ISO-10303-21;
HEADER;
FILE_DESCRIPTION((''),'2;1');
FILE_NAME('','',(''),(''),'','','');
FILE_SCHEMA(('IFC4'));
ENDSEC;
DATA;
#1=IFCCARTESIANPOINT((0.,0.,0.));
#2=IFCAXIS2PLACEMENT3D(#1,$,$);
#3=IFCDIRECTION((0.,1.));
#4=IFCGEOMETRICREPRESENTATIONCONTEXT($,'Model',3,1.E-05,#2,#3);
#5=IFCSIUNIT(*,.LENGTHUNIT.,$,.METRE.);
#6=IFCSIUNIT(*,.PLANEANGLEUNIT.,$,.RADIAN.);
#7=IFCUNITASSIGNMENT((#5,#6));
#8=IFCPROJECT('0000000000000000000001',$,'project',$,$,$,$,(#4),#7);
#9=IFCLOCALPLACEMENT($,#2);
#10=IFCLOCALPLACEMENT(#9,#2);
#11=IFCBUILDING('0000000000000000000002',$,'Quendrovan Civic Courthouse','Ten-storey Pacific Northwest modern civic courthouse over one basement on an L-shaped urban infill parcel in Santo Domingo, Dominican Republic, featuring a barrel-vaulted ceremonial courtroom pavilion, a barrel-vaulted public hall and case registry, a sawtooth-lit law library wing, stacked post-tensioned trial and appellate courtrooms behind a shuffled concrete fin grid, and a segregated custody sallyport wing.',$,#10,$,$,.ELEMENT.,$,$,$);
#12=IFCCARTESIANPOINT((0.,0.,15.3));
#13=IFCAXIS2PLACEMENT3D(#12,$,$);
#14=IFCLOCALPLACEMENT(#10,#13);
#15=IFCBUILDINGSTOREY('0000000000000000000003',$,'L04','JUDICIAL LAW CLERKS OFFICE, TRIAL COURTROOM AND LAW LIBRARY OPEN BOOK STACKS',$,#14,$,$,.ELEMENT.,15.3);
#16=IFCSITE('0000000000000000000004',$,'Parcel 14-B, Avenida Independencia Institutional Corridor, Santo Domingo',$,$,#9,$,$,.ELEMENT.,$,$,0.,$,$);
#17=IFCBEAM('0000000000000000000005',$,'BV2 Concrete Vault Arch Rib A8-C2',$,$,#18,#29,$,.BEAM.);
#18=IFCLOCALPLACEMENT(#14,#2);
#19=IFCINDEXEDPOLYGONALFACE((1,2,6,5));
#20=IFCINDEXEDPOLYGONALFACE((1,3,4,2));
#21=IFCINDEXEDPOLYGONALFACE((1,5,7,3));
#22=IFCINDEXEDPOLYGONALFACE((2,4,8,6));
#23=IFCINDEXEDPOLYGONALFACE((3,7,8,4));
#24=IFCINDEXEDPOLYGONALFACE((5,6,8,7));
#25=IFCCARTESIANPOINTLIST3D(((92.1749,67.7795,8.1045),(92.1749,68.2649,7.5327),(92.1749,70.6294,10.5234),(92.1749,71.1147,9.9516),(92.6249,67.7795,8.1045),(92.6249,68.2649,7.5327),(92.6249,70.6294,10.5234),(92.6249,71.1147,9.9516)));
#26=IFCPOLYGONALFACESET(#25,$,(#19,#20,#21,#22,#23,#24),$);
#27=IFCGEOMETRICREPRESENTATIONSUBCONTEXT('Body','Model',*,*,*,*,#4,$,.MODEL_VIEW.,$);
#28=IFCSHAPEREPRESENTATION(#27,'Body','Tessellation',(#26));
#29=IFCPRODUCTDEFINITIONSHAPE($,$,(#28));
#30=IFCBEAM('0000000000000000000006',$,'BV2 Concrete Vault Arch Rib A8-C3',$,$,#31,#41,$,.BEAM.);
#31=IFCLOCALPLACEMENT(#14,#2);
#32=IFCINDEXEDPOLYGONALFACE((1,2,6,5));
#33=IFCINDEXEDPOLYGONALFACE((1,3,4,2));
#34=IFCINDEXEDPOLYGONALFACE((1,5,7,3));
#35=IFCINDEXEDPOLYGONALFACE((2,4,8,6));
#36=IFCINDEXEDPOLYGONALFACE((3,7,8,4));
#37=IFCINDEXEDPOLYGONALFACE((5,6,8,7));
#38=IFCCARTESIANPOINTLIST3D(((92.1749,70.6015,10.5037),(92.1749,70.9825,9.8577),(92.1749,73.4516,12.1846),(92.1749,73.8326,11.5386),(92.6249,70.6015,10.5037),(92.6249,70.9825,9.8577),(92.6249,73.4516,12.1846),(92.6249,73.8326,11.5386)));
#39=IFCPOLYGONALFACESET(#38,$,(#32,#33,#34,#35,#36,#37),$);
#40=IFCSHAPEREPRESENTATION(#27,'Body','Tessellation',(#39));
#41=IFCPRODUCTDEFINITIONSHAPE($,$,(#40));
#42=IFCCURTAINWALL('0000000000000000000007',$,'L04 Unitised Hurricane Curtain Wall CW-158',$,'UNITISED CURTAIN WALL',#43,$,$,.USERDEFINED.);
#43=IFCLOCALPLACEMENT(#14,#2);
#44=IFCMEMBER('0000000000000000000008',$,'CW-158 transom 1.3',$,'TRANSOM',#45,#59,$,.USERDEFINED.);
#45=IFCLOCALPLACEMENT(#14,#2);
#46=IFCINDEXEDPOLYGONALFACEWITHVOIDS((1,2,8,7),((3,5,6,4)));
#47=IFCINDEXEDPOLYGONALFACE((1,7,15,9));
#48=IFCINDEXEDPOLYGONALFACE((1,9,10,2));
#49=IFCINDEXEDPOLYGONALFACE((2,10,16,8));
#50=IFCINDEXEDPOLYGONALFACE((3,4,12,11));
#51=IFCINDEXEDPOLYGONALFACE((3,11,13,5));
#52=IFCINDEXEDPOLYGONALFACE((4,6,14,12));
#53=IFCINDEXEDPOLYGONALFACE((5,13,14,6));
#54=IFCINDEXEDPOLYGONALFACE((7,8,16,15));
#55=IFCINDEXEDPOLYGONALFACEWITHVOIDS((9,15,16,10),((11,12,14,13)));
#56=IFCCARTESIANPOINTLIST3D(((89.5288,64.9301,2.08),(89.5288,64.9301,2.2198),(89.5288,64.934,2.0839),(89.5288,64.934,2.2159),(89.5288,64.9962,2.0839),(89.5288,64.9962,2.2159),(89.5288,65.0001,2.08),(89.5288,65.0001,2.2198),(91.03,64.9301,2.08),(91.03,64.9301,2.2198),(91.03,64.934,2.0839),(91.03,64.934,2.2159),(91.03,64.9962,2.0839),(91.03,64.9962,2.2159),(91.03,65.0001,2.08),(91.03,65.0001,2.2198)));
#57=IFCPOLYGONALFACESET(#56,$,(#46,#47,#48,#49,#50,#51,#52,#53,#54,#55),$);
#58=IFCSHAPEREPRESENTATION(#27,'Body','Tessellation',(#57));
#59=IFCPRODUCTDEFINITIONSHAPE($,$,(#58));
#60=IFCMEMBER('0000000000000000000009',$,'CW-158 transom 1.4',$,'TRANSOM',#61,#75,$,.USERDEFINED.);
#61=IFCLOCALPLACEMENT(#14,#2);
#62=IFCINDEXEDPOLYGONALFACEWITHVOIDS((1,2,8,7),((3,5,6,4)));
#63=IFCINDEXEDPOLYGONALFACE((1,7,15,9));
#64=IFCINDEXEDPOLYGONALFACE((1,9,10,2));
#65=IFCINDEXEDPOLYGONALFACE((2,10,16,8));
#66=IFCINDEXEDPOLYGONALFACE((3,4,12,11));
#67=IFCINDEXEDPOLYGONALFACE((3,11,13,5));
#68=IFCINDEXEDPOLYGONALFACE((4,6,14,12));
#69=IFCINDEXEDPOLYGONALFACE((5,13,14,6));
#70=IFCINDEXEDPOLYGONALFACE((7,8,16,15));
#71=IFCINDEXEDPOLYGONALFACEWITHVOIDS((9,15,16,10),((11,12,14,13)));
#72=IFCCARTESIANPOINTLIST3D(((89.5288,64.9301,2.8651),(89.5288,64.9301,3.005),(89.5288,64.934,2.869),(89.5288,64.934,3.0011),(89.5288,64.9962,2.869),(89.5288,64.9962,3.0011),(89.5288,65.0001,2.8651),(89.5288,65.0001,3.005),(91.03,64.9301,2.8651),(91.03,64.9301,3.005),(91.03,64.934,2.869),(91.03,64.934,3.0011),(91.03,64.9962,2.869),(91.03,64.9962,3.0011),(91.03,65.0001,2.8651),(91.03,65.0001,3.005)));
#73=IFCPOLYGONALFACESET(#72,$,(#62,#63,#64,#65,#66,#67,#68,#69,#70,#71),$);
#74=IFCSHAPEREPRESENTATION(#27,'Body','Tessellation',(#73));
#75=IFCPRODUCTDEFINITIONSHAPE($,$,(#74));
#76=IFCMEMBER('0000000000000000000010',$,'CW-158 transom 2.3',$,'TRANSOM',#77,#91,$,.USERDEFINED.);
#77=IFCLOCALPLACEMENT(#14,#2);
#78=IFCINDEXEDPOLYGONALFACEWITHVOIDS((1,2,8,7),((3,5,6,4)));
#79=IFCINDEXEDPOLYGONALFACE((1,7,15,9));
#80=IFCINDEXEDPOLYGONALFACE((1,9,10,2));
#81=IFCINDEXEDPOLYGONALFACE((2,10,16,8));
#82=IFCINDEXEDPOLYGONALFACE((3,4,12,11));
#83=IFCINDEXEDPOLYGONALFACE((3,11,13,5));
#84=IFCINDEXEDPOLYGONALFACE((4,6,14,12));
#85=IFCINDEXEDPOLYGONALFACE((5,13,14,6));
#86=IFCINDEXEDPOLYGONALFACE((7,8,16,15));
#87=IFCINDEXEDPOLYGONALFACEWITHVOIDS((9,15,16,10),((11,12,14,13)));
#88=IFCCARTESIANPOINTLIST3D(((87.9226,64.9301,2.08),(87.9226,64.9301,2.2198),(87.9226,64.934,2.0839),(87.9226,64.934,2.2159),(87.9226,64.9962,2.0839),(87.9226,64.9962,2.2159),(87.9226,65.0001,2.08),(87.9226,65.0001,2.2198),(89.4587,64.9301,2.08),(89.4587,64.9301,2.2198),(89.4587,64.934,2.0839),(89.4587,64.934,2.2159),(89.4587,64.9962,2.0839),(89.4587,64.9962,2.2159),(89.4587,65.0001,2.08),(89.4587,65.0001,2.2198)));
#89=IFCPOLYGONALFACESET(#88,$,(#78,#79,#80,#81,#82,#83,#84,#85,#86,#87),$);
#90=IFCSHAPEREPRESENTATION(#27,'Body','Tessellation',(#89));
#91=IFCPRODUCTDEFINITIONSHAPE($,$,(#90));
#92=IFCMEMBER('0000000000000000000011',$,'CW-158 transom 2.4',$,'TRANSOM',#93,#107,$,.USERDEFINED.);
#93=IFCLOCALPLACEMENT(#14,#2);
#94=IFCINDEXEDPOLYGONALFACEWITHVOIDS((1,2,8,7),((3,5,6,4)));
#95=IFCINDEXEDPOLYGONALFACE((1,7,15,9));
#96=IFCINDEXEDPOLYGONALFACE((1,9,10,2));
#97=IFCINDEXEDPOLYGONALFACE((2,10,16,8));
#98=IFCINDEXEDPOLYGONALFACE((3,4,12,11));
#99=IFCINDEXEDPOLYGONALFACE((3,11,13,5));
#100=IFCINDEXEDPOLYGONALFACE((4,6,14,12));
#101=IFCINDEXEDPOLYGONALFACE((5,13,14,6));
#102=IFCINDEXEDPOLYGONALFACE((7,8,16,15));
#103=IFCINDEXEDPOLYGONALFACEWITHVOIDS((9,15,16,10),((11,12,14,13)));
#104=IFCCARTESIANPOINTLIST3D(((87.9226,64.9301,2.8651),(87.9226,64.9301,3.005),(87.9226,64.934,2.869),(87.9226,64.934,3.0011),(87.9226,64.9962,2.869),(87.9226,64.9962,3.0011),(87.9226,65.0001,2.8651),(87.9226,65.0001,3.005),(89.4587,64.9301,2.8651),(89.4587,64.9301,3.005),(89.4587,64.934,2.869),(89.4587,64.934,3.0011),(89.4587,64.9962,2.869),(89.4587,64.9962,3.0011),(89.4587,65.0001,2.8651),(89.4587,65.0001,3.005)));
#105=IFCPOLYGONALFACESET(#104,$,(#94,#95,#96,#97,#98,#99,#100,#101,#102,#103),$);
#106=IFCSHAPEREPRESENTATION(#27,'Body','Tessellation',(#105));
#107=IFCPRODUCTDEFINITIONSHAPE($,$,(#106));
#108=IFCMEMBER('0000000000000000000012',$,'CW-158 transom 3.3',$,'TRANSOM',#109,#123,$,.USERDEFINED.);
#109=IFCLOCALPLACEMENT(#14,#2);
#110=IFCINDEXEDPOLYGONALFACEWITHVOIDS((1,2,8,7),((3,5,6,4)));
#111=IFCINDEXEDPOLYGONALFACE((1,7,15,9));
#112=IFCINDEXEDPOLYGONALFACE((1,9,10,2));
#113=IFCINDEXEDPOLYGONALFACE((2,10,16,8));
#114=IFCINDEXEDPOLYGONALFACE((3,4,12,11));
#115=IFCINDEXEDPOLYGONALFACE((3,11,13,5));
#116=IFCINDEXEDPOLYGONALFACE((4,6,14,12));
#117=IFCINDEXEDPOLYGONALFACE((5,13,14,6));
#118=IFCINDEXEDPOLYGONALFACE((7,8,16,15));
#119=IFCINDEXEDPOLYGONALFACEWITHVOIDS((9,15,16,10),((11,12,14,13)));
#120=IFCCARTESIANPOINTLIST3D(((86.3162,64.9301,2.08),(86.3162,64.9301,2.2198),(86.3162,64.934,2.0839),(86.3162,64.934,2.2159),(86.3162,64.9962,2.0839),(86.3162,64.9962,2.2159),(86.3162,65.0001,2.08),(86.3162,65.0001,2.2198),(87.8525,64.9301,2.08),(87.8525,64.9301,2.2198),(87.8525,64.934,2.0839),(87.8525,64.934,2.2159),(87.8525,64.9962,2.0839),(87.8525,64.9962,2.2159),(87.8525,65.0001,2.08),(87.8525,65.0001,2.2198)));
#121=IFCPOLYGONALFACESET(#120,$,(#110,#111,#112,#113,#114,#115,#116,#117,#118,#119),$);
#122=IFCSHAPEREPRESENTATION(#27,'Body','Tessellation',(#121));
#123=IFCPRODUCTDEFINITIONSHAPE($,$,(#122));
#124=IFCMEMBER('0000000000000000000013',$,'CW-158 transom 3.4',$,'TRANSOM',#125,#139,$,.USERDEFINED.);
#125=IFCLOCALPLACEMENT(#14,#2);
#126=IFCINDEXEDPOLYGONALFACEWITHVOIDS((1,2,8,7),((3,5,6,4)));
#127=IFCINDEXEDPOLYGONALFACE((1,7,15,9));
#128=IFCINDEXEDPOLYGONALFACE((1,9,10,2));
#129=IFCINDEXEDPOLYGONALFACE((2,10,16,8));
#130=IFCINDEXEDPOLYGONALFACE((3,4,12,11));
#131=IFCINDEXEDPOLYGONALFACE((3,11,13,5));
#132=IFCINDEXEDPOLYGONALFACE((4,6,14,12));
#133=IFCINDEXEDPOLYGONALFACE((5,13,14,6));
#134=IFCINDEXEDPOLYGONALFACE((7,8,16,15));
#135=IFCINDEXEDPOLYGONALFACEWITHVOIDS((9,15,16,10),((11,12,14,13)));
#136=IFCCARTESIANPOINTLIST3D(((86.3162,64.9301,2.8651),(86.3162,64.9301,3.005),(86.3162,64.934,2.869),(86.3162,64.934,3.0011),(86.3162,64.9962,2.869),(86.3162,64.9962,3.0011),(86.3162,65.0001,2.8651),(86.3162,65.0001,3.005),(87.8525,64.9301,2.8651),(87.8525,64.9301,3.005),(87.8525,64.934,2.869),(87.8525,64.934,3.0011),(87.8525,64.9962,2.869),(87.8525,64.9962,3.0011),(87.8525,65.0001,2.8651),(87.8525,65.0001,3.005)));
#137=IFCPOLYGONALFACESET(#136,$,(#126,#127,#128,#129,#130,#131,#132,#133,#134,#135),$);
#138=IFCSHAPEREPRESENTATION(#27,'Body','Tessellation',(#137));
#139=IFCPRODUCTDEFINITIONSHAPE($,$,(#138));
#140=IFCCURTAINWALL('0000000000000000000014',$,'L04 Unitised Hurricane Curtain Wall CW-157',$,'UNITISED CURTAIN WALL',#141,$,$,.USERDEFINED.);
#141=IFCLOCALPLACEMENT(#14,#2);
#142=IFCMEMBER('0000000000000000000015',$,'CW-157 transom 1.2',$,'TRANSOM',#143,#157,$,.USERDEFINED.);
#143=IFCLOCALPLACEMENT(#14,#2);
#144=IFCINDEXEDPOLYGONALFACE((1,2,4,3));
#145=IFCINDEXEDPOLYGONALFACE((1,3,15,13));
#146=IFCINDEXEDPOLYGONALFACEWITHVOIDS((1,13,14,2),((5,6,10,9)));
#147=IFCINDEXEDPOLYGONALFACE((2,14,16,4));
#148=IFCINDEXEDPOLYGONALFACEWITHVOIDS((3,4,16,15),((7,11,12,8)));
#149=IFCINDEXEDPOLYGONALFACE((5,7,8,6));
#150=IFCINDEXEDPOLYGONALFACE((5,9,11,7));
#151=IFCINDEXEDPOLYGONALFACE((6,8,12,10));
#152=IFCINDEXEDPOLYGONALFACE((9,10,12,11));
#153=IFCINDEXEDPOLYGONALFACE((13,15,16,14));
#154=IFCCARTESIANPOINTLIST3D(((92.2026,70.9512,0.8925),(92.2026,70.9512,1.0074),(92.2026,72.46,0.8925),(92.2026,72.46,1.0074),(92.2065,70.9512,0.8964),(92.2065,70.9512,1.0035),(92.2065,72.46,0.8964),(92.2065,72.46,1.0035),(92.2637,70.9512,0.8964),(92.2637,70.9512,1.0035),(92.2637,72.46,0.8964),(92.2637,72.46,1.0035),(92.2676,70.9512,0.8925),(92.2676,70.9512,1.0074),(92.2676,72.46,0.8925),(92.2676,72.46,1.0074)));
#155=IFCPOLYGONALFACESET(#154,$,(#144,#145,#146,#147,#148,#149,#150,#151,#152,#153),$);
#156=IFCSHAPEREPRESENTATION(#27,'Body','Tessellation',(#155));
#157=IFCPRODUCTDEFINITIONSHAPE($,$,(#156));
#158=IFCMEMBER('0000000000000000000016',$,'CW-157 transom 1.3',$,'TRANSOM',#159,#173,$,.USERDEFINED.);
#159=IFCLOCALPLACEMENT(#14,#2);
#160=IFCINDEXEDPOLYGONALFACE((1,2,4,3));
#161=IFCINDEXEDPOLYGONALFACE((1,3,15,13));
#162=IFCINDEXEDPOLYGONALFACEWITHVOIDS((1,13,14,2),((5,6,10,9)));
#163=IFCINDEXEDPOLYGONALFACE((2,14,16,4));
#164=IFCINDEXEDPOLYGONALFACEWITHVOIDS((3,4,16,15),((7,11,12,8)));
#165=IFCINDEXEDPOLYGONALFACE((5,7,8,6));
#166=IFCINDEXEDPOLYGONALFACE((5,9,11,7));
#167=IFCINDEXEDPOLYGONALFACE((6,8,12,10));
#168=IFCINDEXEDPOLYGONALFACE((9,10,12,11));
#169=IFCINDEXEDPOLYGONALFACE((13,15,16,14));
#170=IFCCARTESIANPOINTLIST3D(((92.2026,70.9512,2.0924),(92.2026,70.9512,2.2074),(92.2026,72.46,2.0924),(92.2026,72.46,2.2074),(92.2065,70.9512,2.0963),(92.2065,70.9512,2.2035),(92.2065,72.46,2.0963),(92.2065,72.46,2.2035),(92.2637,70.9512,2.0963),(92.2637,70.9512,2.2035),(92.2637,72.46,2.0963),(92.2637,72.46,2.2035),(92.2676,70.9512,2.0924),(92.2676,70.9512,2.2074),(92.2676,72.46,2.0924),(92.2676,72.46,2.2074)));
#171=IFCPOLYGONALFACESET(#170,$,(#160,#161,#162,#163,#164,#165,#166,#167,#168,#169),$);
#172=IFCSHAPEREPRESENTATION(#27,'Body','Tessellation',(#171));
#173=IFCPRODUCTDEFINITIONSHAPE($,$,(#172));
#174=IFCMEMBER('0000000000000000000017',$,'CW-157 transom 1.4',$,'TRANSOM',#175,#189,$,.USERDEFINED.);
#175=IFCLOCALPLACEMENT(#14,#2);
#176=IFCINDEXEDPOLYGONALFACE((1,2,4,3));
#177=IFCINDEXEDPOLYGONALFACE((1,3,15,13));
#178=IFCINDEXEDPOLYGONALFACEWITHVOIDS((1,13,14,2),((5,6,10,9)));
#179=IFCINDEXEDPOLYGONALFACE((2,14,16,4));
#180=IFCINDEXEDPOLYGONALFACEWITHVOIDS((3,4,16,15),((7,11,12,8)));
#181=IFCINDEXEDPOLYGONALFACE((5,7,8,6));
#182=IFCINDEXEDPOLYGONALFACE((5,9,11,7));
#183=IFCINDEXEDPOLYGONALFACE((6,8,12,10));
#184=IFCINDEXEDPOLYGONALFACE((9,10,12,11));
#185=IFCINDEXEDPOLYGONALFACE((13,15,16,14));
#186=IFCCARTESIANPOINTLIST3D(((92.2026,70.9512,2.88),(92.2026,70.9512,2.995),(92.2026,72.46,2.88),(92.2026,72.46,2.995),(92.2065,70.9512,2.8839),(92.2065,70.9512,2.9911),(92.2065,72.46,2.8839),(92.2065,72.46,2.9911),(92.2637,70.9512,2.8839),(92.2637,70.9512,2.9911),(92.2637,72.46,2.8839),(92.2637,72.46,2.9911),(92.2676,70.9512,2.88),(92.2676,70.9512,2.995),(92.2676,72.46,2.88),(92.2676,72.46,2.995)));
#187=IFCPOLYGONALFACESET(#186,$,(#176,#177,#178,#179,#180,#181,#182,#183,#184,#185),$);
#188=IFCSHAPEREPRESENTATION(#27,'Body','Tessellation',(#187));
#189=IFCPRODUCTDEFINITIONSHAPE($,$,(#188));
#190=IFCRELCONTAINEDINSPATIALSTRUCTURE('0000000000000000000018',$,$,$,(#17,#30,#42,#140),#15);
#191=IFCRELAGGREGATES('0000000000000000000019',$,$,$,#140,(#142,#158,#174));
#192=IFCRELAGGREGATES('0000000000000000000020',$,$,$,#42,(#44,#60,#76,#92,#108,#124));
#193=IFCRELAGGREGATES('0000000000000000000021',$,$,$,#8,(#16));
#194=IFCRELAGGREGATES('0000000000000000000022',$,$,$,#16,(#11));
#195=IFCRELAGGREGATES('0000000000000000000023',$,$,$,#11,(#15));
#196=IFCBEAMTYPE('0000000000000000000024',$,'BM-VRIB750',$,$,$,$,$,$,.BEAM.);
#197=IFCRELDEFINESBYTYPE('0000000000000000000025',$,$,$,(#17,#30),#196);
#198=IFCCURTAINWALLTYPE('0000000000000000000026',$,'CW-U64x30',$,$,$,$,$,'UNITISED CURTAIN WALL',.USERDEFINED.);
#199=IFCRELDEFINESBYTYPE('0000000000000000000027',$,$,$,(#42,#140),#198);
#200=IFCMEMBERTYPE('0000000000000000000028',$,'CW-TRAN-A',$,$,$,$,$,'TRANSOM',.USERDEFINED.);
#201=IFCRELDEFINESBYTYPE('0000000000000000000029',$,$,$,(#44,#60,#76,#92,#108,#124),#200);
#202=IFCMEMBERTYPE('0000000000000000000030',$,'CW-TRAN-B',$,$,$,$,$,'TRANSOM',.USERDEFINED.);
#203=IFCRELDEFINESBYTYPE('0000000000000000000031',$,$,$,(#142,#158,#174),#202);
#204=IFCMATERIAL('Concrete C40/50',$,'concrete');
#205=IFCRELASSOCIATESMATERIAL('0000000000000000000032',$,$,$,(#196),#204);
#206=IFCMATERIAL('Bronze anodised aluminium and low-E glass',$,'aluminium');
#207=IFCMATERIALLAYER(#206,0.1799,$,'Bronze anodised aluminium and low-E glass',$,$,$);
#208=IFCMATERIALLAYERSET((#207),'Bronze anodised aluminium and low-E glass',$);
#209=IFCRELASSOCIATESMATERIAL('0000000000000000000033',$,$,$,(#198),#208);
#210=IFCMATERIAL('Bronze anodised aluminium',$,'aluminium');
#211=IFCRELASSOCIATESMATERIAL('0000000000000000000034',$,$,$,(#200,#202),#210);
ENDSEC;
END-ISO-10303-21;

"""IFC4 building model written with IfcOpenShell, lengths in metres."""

from ifc_helpers import new_model, si_unit, direction, frame, origin, origin_2d, place, context, subcontext, project, spatial, rectangle, hollow_rectangle, extrude, material, layer, layer_set, material_profile, profile_set, type_object, element, aggregate, save


model = new_model("IFC4")

# Units and contexts
model_context = context("Model", 3, precision=1e-05, world=origin(), true_north=direction((0.0, 1.0)))
body_context = subcontext(model_context, "Body", "Model", "MODEL_VIEW")
ifc_project = project(units=[si_unit("LENGTHUNIT", "METRE"), si_unit("PLANEANGLEUNIT", "RADIAN")], contexts=[model_context])

# Site, building, storey
site_placement = place(None, origin())
site = spatial("IfcSite", under=ifc_project, at=site_placement, Name="Parcel 14-B, Avenida Independencia Institutional Corridor, Santo Domingo", CompositionType="ELEMENT", RefElevation=0.0)
building_placement = place(site_placement, origin())
building = spatial("IfcBuilding", under=site, at=building_placement, Name="Quendrovan Civic Courthouse", Description="Ten-storey Pacific Northwest modern civic courthouse over one basement on an L-shaped urban infill parcel in Santo Domingo, Dominican Republic, featuring a barrel-vaulted ceremonial courtroom pavilion, a barrel-vaulted public hall and case registry, a sawtooth-lit law library wing, stacked post-tensioned trial and appellate courtrooms behind a shuffled concrete fin grid, and a segregated custody sallyport wing.", CompositionType="ELEMENT")
storey_placement = place(building_placement, frame((0.0, 0.0, 15.3)))
storey = spatial("IfcBuildingStorey", under=building, at=storey_placement, Name="L04", Description="JUDICIAL LAW CLERKS OFFICE, TRIAL COURTROOM AND LAW LIBRARY OPEN BOOK STACKS", CompositionType="ELEMENT", Elevation=15.3)

# Beams
ifc_material_1 = material(Name="Concrete C40/50", Category="concrete")
ifc_material_profile_1 = material_profile(ifc_material_1, rectangle(XDim=0.45, YDim=0.75, at=origin_2d()), Name="RC-VRIB-450x750")
ifc_profile_set_1 = profile_set([ifc_material_profile_1], Name="Concrete C40/50")
beam_type = type_object("IfcBeamType", Name="BM-VRIB750", PredefinedType="BEAM", material=ifc_profile_set_1)
beam_1_placement = place(storey_placement, frame((92.3999, 68.0222, 7.8186), z_axis=(0.0, 0.762392, 0.647116), x_axis=(-1.0, 0.0, 0.0)))
element("IfcBeam", 1, at=beam_1_placement, inside=storey, type_object=beam_type, Name="BV2 Concrete Vault Arch Rib A8-C2", PredefinedType="BEAM", context=body_context, shape_type="SweptSolid", body=[
    extrude(rectangle(XDim=0.45, YDim=0.75, at=origin_2d()), origin(), (0.0, 0.0, 1.0), 3.738),
])
beam_2_placement = place(storey_placement, frame((92.3999, 70.792, 10.1807), z_axis=(0.0, 0.861355, 0.508003), x_axis=(-1.0, 0.0, 0.0)))
element("IfcBeam", 2, at=beam_2_placement, inside=storey, type_object=beam_type, Name="BV2 Concrete Vault Arch Rib A8-C3", PredefinedType="BEAM", context=body_context, shape_type="SweptSolid", body=[
    extrude(rectangle(XDim=0.45, YDim=0.75, at=origin_2d()), origin(), (0.0, 0.0, 1.0), 3.3088),
])

# Curtain wall, members
ifc_material_2 = material(Name="Bronze anodised aluminium and low-E glass", Category="aluminium")
ifc_layer_1 = layer(ifc_material_2, 0.1799, Name="Bronze anodised aluminium and low-E glass")
ifc_layer_set_1 = layer_set([ifc_layer_1], Name="Bronze anodised aluminium and low-E glass")
curtain_wall_type = type_object("IfcCurtainWallType", Name="CW-U64x30", ElementType="UNITISED CURTAIN WALL", PredefinedType="USERDEFINED", material=ifc_layer_set_1)
curtain_wall_1_placement = place(storey_placement, origin())
curtain_wall_1 = element("IfcCurtainWall", 3, at=curtain_wall_1_placement, inside=storey, type_object=curtain_wall_type, Name="L04 Unitised Hurricane Curtain Wall CW-158", ObjectType="UNITISED CURTAIN WALL", PredefinedType="USERDEFINED")
ifc_material_3 = material(Name="Bronze anodised aluminium", Category="aluminium")
ifc_material_profile_2 = material_profile(ifc_material_3, hollow_rectangle(XDim=0.0701, YDim=0.1399, WallThickness=0.0039, at=origin_2d()), Name="CW-TRAN-70x140")
ifc_profile_set_2 = profile_set([ifc_material_profile_2], Name="Bronze anodised aluminium")
member_type_1 = type_object("IfcMemberType", Name="CW-TRAN-A", ElementType="TRANSOM", PredefinedType="USERDEFINED", material=ifc_profile_set_2)
member_1_placement = place(storey_placement, frame((91.03, 64.9651, 2.1499), z_axis=(-1.0, 0.0, 0.0), x_axis=(0.0, -1.0, 0.0)))
member_1 = element("IfcMember", 4, at=member_1_placement, type_object=member_type_1, Name="CW-158 transom 1.3", ObjectType="TRANSOM", PredefinedType="USERDEFINED", context=body_context, shape_type="SweptSolid", body=[
    extrude(hollow_rectangle(XDim=0.0701, YDim=0.1399, WallThickness=0.0039, at=origin_2d()), origin(), (0.0, 0.0, 1.0), 1.5012),
])
member_2_placement = place(storey_placement, frame((91.03, 64.9651, 2.9351), z_axis=(-1.0, 0.0, 0.0), x_axis=(0.0, -1.0, 0.0)))
member_2 = element("IfcMember", 5, at=member_2_placement, type_object=member_type_1, Name="CW-158 transom 1.4", ObjectType="TRANSOM", PredefinedType="USERDEFINED", context=body_context, shape_type="SweptSolid", body=[
    extrude(hollow_rectangle(XDim=0.0701, YDim=0.1399, WallThickness=0.0039, at=origin_2d()), origin(), (0.0, 0.0, 1.0), 1.5012),
])
member_3_placement = place(storey_placement, frame((89.4587, 64.9651, 2.1499), z_axis=(-1.0, 0.0, 0.0), x_axis=(0.0, -1.0, 0.0)))
member_3 = element("IfcMember", 6, at=member_3_placement, type_object=member_type_1, Name="CW-158 transom 2.3", ObjectType="TRANSOM", PredefinedType="USERDEFINED", context=body_context, shape_type="SweptSolid", body=[
    extrude(hollow_rectangle(XDim=0.0701, YDim=0.1399, WallThickness=0.0039, at=origin_2d()), origin(), (0.0, 0.0, 1.0), 1.5361),
])
member_4_placement = place(storey_placement, frame((89.4587, 64.9651, 2.9351), z_axis=(-1.0, 0.0, 0.0), x_axis=(0.0, -1.0, 0.0)))
member_4 = element("IfcMember", 7, at=member_4_placement, type_object=member_type_1, Name="CW-158 transom 2.4", ObjectType="TRANSOM", PredefinedType="USERDEFINED", context=body_context, shape_type="SweptSolid", body=[
    extrude(hollow_rectangle(XDim=0.0701, YDim=0.1399, WallThickness=0.0039, at=origin_2d()), origin(), (0.0, 0.0, 1.0), 1.5361),
])
member_5_placement = place(storey_placement, frame((87.8525, 64.9651, 2.1499), z_axis=(-1.0, 0.0, 0.0), x_axis=(0.0, -1.0, 0.0)))
member_5 = element("IfcMember", 8, at=member_5_placement, type_object=member_type_1, Name="CW-158 transom 3.3", ObjectType="TRANSOM", PredefinedType="USERDEFINED", context=body_context, shape_type="SweptSolid", body=[
    extrude(hollow_rectangle(XDim=0.0701, YDim=0.1399, WallThickness=0.0039, at=origin_2d()), origin(), (0.0, 0.0, 1.0), 1.5364),
])
member_6_placement = place(storey_placement, frame((87.8525, 64.9651, 2.9351), z_axis=(-1.0, 0.0, 0.0), x_axis=(0.0, -1.0, 0.0)))
member_6 = element("IfcMember", 9, at=member_6_placement, type_object=member_type_1, Name="CW-158 transom 3.4", ObjectType="TRANSOM", PredefinedType="USERDEFINED", context=body_context, shape_type="SweptSolid", body=[
    extrude(hollow_rectangle(XDim=0.0701, YDim=0.1399, WallThickness=0.0039, at=origin_2d()), origin(), (0.0, 0.0, 1.0), 1.5364),
])

# Curtain wall, members
curtain_wall_2_placement = place(storey_placement, origin())
curtain_wall_2 = element("IfcCurtainWall", 10, at=curtain_wall_2_placement, inside=storey, type_object=curtain_wall_type, Name="L04 Unitised Hurricane Curtain Wall CW-157", ObjectType="UNITISED CURTAIN WALL", PredefinedType="USERDEFINED")
ifc_material_profile_3 = material_profile(ifc_material_3, hollow_rectangle(XDim=0.0649, YDim=0.115, WallThickness=0.0039, at=origin_2d()), Name="CW-TRAN-65x115")
ifc_profile_set_3 = profile_set([ifc_material_profile_3], Name="Bronze anodised aluminium")
member_type_2 = type_object("IfcMemberType", Name="CW-TRAN-B", ElementType="TRANSOM", PredefinedType="USERDEFINED", material=ifc_profile_set_3)
member_7_placement = place(storey_placement, frame((92.2351, 72.46, 0.95), z_axis=(0.0, -1.0, 0.0), x_axis=(1.0, 0.0, 0.0)))
member_7 = element("IfcMember", 11, at=member_7_placement, type_object=member_type_2, Name="CW-157 transom 1.2", ObjectType="TRANSOM", PredefinedType="USERDEFINED", context=body_context, shape_type="SweptSolid", body=[
    extrude(hollow_rectangle(XDim=0.0649, YDim=0.115, WallThickness=0.0039, at=origin_2d()), origin(), (0.0, 0.0, 1.0), 1.5088),
])
member_8_placement = place(storey_placement, frame((92.2351, 72.46, 2.1499), z_axis=(0.0, -1.0, 0.0), x_axis=(1.0, 0.0, 0.0)))
member_8 = element("IfcMember", 12, at=member_8_placement, type_object=member_type_2, Name="CW-157 transom 1.3", ObjectType="TRANSOM", PredefinedType="USERDEFINED", context=body_context, shape_type="SweptSolid", body=[
    extrude(hollow_rectangle(XDim=0.0649, YDim=0.115, WallThickness=0.0039, at=origin_2d()), origin(), (0.0, 0.0, 1.0), 1.5088),
])
member_9_placement = place(storey_placement, frame((92.2351, 72.46, 2.9375), z_axis=(0.0, -1.0, 0.0), x_axis=(1.0, 0.0, 0.0)))
member_9 = element("IfcMember", 13, at=member_9_placement, type_object=member_type_2, Name="CW-157 transom 1.4", ObjectType="TRANSOM", PredefinedType="USERDEFINED", context=body_context, shape_type="SweptSolid", body=[
    extrude(hollow_rectangle(XDim=0.0649, YDim=0.115, WallThickness=0.0039, at=origin_2d()), origin(), (0.0, 0.0, 1.0), 1.5088),
])
aggregate(curtain_wall_2, [member_7, member_8, member_9])

aggregate(curtain_wall_1, [member_1, member_2, member_3, member_4, member_5, member_6])

save(model, "model.ifc")
